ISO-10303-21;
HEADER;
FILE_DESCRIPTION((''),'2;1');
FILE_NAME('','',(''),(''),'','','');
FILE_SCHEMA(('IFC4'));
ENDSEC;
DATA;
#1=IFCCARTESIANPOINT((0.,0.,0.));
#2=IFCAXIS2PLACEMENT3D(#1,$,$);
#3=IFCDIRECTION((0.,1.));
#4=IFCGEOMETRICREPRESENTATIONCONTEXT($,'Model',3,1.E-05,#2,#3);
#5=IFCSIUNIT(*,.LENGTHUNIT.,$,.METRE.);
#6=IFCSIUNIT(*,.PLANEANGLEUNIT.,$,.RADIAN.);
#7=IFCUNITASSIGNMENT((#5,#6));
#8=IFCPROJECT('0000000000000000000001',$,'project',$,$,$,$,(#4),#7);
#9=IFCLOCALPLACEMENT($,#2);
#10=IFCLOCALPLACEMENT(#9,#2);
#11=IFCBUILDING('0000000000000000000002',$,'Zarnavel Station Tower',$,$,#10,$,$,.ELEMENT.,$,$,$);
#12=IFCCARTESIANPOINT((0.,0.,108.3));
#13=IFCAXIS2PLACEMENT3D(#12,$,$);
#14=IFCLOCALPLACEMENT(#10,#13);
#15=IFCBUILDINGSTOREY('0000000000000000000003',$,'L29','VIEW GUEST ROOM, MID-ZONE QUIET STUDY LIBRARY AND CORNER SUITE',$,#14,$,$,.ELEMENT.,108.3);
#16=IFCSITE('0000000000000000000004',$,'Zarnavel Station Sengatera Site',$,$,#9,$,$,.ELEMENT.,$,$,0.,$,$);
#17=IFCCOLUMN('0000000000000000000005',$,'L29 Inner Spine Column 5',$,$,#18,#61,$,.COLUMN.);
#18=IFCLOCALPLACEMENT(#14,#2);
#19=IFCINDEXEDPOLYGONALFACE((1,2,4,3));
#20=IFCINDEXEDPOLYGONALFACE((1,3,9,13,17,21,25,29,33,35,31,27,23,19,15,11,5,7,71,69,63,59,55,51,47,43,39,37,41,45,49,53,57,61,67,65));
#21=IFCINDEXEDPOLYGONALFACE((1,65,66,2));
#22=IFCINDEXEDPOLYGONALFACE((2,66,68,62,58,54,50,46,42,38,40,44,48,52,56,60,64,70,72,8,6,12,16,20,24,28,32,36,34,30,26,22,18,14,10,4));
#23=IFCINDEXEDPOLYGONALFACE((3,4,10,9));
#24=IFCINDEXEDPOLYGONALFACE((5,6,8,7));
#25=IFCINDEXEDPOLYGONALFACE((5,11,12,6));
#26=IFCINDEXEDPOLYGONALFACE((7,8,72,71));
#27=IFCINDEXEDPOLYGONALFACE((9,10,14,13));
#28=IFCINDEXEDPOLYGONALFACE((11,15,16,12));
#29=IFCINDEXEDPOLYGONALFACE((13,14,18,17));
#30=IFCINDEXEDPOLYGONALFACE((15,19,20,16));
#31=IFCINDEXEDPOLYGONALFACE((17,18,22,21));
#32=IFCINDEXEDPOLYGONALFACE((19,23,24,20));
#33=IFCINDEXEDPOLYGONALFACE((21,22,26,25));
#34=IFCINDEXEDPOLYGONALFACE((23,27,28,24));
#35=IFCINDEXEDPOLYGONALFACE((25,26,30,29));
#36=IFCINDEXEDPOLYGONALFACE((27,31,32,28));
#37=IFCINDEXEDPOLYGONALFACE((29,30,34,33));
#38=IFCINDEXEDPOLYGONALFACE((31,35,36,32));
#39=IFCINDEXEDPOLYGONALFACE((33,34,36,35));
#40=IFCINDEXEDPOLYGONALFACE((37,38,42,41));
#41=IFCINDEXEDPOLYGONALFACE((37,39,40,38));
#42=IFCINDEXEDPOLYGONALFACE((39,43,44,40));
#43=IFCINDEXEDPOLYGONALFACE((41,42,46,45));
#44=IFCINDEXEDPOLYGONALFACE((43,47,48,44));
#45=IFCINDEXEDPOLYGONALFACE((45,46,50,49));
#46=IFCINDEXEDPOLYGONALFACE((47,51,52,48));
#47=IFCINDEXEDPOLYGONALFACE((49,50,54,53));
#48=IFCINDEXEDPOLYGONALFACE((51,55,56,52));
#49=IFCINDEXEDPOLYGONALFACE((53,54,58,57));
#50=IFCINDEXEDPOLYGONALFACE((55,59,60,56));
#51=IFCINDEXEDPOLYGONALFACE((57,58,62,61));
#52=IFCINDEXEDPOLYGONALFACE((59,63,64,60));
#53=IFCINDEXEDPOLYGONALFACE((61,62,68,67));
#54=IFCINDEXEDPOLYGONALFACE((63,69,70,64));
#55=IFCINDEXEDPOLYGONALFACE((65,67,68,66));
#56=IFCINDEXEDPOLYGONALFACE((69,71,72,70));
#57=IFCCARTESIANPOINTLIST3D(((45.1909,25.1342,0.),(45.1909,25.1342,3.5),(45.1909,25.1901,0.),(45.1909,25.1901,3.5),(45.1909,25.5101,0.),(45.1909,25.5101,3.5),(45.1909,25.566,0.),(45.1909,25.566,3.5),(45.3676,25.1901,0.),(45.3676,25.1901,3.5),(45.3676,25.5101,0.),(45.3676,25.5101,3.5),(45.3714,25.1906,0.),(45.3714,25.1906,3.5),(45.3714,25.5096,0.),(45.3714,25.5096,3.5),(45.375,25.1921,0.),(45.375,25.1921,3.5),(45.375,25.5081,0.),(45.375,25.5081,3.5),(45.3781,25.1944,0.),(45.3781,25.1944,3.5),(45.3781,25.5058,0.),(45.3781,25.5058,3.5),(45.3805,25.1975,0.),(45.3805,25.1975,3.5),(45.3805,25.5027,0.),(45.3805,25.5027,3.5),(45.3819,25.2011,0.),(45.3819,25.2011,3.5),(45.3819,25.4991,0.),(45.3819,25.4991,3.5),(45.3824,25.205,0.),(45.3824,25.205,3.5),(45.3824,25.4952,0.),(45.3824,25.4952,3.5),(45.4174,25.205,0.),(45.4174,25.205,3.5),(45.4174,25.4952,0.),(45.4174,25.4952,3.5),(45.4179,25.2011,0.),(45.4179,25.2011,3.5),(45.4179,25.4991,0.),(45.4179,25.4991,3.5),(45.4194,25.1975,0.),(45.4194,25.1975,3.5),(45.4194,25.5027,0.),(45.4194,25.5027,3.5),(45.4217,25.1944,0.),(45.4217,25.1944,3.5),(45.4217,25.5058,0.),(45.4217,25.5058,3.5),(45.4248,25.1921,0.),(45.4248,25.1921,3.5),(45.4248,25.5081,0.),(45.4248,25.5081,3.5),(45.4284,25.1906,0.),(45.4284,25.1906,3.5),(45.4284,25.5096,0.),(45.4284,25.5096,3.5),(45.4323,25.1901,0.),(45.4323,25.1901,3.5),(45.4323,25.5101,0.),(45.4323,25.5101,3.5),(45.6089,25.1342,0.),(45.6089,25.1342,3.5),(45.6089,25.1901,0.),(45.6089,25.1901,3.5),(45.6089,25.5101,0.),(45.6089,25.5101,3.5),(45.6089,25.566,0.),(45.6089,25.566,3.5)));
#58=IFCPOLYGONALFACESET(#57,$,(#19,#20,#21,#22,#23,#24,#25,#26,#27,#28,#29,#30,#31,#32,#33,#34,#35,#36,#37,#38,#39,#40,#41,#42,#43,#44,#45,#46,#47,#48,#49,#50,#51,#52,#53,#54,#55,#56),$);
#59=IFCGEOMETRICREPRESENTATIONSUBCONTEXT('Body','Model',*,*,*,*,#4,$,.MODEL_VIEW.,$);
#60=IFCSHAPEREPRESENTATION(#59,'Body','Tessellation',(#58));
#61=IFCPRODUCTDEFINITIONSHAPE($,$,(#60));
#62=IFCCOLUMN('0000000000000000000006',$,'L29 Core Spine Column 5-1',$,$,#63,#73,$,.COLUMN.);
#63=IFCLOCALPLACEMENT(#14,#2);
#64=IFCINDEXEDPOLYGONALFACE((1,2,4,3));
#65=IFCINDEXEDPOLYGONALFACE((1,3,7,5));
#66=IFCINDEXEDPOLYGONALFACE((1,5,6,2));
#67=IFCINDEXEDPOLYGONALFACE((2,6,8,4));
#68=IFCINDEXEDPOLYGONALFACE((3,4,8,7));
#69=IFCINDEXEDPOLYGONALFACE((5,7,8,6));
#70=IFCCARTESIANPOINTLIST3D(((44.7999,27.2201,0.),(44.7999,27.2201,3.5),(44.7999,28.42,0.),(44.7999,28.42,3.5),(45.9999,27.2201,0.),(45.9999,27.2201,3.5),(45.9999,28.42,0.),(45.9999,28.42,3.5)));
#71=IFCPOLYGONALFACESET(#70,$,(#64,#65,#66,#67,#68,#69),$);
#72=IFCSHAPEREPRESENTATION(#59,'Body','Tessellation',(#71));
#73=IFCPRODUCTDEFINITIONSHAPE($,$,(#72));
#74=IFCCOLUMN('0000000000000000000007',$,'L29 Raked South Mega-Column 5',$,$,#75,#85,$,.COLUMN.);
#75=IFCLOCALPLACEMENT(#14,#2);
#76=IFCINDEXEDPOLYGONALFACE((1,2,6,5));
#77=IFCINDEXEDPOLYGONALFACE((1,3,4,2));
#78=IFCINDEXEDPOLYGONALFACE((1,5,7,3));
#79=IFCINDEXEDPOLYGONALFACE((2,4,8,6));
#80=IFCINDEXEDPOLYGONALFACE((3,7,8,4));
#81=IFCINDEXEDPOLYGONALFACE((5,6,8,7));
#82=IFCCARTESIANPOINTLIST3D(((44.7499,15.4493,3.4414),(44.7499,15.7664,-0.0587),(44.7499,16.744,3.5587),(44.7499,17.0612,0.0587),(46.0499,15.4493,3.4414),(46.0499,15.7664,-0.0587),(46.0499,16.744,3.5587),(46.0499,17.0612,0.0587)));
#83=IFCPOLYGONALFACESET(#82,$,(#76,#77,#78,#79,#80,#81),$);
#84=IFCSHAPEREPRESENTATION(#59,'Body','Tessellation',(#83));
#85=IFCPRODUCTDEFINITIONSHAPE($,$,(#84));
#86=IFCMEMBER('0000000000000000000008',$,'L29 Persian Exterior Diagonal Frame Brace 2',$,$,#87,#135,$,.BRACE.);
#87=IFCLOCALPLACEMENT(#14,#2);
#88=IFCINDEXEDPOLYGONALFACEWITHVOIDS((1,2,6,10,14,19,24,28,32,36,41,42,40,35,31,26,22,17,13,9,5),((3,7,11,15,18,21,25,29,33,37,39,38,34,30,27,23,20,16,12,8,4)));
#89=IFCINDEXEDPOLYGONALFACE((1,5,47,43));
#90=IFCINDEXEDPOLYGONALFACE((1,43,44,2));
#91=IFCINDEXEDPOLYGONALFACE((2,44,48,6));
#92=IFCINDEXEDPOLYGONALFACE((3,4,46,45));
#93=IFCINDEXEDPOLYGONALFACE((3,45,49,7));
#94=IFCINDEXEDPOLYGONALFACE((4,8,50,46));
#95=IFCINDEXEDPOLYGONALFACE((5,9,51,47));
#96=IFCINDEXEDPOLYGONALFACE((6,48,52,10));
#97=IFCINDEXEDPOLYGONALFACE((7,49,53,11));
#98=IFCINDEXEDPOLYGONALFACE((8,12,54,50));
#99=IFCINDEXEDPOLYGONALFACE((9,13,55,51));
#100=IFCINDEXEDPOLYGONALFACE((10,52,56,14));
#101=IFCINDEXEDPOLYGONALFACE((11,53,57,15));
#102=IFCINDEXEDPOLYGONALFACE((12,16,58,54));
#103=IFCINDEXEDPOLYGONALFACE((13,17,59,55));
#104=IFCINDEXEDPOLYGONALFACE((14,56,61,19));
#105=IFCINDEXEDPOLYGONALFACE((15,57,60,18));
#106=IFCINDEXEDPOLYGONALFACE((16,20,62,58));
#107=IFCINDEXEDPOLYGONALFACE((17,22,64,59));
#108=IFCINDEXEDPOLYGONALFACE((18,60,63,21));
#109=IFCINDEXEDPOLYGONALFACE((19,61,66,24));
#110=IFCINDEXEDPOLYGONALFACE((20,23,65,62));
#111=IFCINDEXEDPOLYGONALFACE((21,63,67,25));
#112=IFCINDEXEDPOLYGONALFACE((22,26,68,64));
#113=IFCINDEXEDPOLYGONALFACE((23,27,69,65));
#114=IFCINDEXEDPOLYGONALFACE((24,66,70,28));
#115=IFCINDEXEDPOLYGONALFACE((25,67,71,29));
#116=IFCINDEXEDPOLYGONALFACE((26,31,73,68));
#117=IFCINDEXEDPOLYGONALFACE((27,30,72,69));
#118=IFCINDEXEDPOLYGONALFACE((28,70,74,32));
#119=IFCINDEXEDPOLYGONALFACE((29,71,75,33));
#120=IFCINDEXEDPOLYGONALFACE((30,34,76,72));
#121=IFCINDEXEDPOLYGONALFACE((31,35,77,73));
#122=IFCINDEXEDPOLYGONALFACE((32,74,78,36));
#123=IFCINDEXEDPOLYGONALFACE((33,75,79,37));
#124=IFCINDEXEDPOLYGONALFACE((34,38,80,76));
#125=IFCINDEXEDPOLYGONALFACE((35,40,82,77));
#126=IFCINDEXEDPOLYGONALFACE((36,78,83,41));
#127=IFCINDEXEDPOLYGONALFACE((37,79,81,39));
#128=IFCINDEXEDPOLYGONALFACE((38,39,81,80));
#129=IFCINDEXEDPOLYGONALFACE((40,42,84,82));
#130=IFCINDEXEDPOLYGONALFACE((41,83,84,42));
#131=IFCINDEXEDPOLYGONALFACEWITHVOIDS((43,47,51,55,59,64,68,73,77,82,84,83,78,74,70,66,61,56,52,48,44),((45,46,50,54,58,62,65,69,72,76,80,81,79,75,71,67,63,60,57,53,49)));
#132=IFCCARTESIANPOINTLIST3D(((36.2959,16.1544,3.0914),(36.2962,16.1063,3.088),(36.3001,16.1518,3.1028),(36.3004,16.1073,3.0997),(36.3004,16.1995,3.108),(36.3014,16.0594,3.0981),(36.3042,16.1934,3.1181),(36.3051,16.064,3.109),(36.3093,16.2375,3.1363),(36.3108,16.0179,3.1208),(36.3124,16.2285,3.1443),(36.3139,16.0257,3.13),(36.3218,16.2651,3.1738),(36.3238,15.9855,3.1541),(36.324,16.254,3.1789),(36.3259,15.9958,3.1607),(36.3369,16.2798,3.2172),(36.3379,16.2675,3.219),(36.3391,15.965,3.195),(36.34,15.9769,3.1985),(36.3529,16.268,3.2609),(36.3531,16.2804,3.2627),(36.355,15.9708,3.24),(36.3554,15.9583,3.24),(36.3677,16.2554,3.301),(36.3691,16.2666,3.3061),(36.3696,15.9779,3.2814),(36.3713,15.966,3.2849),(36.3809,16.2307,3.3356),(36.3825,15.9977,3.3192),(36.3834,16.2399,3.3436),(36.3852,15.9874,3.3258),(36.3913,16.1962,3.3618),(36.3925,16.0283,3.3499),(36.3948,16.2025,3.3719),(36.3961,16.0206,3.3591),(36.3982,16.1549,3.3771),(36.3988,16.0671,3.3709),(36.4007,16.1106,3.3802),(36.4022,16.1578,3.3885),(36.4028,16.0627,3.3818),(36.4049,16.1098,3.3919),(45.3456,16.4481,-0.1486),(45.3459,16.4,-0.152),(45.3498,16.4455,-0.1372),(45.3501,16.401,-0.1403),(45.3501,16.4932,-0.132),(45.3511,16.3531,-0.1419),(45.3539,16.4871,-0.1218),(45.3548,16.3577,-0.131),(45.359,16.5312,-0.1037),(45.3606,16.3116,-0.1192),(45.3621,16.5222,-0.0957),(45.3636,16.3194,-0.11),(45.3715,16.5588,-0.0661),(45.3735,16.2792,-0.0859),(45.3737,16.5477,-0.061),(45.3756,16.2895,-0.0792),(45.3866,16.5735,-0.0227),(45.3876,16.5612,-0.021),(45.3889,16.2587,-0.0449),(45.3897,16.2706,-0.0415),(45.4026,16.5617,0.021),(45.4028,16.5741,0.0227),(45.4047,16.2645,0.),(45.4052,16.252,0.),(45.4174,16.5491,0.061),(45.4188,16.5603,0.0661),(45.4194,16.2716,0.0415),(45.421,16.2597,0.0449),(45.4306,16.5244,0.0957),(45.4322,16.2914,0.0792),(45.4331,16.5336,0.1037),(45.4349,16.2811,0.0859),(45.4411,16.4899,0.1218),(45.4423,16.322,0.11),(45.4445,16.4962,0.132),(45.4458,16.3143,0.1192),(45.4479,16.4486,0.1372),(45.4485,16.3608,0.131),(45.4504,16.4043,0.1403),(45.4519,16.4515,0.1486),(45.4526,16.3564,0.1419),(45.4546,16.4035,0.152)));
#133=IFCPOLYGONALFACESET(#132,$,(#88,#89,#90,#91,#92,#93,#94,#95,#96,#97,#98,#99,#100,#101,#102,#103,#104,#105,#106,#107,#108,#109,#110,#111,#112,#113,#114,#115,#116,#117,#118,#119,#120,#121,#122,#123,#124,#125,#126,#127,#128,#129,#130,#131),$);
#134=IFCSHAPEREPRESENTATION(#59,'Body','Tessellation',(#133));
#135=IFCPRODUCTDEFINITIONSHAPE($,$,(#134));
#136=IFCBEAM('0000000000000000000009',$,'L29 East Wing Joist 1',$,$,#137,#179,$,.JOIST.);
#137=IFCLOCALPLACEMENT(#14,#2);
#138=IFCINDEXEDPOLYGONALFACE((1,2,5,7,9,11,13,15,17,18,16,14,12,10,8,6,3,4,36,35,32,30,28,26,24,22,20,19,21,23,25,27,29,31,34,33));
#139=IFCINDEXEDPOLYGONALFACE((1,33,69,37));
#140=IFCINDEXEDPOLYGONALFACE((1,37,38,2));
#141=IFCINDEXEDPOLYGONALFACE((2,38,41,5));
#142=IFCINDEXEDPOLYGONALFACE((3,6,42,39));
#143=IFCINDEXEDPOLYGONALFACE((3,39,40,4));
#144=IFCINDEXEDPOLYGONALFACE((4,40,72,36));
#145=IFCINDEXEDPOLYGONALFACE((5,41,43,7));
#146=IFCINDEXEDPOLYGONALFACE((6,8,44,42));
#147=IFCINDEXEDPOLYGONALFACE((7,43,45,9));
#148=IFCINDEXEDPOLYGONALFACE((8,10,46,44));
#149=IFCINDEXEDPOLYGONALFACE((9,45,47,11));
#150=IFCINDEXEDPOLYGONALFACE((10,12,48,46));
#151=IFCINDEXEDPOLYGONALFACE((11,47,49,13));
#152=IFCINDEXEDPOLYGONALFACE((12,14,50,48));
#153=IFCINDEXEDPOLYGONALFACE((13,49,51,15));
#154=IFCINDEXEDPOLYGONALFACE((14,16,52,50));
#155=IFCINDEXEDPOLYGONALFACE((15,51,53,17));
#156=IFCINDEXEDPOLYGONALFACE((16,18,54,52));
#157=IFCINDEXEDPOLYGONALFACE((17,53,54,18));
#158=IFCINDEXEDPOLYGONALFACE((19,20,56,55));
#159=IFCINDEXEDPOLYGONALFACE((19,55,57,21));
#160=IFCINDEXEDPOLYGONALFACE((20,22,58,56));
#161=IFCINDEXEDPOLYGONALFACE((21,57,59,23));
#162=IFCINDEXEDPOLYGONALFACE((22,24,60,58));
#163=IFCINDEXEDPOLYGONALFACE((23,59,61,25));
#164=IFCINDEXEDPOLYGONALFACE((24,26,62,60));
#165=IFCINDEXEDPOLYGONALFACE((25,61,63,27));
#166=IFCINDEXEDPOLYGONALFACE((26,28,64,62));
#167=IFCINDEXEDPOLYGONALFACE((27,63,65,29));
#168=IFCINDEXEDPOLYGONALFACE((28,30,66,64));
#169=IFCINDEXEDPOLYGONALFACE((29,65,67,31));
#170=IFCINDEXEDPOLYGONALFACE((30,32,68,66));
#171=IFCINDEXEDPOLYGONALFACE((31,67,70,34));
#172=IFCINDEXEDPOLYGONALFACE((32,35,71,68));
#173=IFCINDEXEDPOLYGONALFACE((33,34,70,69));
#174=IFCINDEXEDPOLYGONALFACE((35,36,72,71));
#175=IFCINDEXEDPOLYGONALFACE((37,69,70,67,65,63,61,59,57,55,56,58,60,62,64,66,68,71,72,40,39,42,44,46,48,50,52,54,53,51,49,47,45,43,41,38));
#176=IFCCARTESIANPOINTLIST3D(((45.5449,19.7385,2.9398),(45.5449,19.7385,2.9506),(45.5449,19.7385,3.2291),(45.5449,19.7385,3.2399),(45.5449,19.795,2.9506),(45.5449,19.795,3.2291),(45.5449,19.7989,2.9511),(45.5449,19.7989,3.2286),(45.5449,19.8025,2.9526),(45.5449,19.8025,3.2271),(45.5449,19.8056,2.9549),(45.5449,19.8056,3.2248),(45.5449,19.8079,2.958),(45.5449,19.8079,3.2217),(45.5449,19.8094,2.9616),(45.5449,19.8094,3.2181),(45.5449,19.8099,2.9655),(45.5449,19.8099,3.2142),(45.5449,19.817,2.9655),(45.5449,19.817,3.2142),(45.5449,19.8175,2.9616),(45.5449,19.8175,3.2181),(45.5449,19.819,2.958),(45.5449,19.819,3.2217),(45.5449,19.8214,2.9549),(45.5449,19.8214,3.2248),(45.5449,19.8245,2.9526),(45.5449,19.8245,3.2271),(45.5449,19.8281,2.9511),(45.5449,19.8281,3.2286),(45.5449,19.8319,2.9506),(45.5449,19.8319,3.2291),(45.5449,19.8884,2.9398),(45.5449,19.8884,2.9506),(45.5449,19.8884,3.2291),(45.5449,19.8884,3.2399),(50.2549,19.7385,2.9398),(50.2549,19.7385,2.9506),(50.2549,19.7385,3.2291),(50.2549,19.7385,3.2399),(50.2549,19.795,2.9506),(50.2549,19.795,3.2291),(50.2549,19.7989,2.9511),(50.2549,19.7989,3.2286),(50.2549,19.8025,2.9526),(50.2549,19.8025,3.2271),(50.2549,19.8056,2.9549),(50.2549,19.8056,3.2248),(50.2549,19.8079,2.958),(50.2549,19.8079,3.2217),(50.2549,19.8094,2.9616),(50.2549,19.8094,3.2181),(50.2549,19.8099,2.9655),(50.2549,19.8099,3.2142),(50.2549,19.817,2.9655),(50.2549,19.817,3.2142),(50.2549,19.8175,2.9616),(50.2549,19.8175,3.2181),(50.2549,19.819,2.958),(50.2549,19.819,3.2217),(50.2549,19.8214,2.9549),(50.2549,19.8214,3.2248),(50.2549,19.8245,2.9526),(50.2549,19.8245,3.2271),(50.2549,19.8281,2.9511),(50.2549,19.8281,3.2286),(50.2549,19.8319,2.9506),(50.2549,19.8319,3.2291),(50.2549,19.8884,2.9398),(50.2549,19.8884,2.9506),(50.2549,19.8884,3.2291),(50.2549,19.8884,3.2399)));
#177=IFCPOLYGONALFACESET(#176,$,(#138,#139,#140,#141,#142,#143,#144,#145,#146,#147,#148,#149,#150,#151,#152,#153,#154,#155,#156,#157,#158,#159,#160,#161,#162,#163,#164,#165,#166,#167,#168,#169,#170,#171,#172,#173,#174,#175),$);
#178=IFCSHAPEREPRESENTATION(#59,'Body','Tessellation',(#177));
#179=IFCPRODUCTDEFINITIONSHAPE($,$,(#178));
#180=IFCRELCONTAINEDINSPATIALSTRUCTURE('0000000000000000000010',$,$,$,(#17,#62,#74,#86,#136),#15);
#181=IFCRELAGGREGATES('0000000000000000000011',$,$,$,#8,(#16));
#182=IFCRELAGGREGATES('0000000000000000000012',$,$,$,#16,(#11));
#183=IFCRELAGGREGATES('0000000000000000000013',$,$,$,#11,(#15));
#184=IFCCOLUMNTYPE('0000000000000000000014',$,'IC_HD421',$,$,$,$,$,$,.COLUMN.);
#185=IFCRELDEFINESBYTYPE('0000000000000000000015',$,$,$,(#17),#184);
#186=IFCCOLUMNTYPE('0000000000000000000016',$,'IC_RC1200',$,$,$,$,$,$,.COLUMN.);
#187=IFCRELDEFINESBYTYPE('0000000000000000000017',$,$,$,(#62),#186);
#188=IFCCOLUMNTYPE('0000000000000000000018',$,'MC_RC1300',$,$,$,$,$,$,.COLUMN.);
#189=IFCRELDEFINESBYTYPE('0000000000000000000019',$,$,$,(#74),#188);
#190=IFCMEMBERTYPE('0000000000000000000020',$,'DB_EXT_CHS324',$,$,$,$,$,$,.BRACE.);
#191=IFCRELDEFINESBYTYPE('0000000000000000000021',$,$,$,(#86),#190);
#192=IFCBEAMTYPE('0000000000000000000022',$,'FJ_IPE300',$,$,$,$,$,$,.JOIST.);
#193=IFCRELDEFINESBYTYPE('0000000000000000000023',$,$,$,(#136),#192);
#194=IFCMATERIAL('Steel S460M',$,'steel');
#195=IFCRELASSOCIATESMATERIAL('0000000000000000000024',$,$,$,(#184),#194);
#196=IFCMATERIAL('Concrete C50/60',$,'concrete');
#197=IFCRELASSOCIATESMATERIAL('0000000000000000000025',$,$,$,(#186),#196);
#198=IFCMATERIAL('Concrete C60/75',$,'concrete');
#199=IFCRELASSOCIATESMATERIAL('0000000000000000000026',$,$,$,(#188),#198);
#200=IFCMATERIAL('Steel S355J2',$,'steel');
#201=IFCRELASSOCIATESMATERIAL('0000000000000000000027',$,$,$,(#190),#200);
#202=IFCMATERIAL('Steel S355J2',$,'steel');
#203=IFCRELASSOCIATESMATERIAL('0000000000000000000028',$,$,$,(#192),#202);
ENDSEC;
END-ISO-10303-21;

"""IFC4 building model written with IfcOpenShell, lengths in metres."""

from ifc_helpers import new_model, si_unit, direction, frame, origin, origin_2d, place, context, subcontext, project, spatial, rectangle, hollow_circle, i_section, extrude, material, material_profile, profile_set, type_object, element, save


model = new_model("IFC4")

# Units and contexts
model_context = context("Model", 3, precision=1e-05, world=origin(), true_north=direction((0.0, 1.0)))
body_context = subcontext(model_context, "Body", "Model", "MODEL_VIEW")
ifc_project = project(units=[si_unit("LENGTHUNIT", "METRE"), si_unit("PLANEANGLEUNIT", "RADIAN")], contexts=[model_context])

# Site, building, storey
site_placement = place(None, origin())
site = spatial("IfcSite", under=ifc_project, at=site_placement, Name="Zarnavel Station Sengatera Site", CompositionType="ELEMENT", RefElevation=0.0)
building_placement = place(site_placement, origin())
building = spatial("IfcBuilding", under=site, at=building_placement, Name="Zarnavel Station Tower", CompositionType="ELEMENT")
storey_placement = place(building_placement, frame((0.0, 0.0, 108.3)))
storey = spatial("IfcBuildingStorey", under=building, at=storey_placement, Name="L29", Description="VIEW GUEST ROOM, MID-ZONE QUIET STUDY LIBRARY AND CORNER SUITE", CompositionType="ELEMENT", Elevation=108.3)

# Columns
ifc_material_1 = material(Name="Steel S460M", Category="steel")
ifc_material_profile_1 = material_profile(ifc_material_1, i_section(OverallWidth=0.418, OverallDepth=0.4319, WebThickness=0.0349, FlangeThickness=0.0559, FilletRadius=0.0149, at=origin_2d()), Name="HD400x421")
ifc_profile_set_1 = profile_set([ifc_material_profile_1], Name="Steel S460M")
column_type_1 = type_object("IfcColumnType", Name="IC_HD421", PredefinedType="COLUMN", material=ifc_profile_set_1)
column_1_placement = place(storey_placement, frame((45.3999, 25.3501, 0.0), z_axis=(0.0, 0.0, 1.0), x_axis=(1.0, 0.0, 0.0)))
element("IfcColumn", 1, at=column_1_placement, inside=storey, type_object=column_type_1, Name="L29 Inner Spine Column 5", PredefinedType="COLUMN", context=body_context, shape_type="SweptSolid", body=[
    extrude(i_section(OverallWidth=0.418, OverallDepth=0.4319, WebThickness=0.0349, FlangeThickness=0.0559, FilletRadius=0.0149, at=origin_2d()), origin(), (0.0, 0.0, 1.0), 3.5),
])
ifc_material_2 = material(Name="Concrete C50/60", Category="concrete")
ifc_material_profile_2 = material_profile(ifc_material_2, rectangle(XDim=1.2, YDim=1.2, at=origin_2d()), Name="RC1200x1200")
ifc_profile_set_2 = profile_set([ifc_material_profile_2], Name="Concrete C50/60")
column_type_2 = type_object("IfcColumnType", Name="IC_RC1200", PredefinedType="COLUMN", material=ifc_profile_set_2)
column_2_placement = place(storey_placement, frame((45.3999, 27.8201, 0.0), z_axis=(0.0, 0.0, 1.0), x_axis=(1.0, 0.0, 0.0)))
element("IfcColumn", 2, at=column_2_placement, inside=storey, type_object=column_type_2, Name="L29 Core Spine Column 5-1", PredefinedType="COLUMN", context=body_context, shape_type="SweptSolid", body=[
    extrude(rectangle(XDim=1.2, YDim=1.2, at=origin_2d()), origin(), (0.0, 0.0, 1.0), 3.5),
])
ifc_material_3 = material(Name="Concrete C60/75", Category="concrete")
ifc_material_profile_3 = material_profile(ifc_material_3, rectangle(XDim=1.3, YDim=1.3, at=origin_2d()), Name="RC1300x1300")
ifc_profile_set_3 = profile_set([ifc_material_profile_3], Name="Concrete C60/75")
column_type_3 = type_object("IfcColumnType", Name="MC_RC1300", PredefinedType="COLUMN", material=ifc_profile_set_3)
column_3_placement = place(storey_placement, frame((45.3999, 16.4138, 0.0), z_axis=(0.0, -0.090241, 0.99592), x_axis=(1.0, 0.0, 0.0)))
element("IfcColumn", 3, at=column_3_placement, inside=storey, type_object=column_type_3, Name="L29 Raked South Mega-Column 5", PredefinedType="COLUMN", context=body_context, shape_type="SweptSolid", body=[
    extrude(rectangle(XDim=1.3, YDim=1.3, at=origin_2d()), origin(), (0.0, 0.0, 1.0), 3.5144),
])

# Member
ifc_material_4 = material(Name="Steel S355J2", Category="steel")
ifc_material_profile_4 = material_profile(ifc_material_4, hollow_circle(Radius=0.1619, WallThickness=0.0125, at=origin_2d()), Name="CHS323.9x12.5")
ifc_profile_set_4 = profile_set([ifc_material_profile_4], Name="Steel S355J2")
member_type = type_object("IfcMemberType", Name="DB_EXT_CHS324", PredefinedType="BRACE", material=ifc_profile_set_4)
member_placement = place(storey_placement, frame((45.3999, 16.4138, 0.0), z_axis=(-0.941042, -0.03054, 0.33691), x_axis=(0.032437, -0.999474, 0.0)))
element("IfcMember", 4, at=member_placement, inside=storey, type_object=member_type, Name="L29 Persian Exterior Diagonal Frame Brace 2", PredefinedType="BRACE", context=body_context, shape_type="SweptSolid", body=[
    extrude(hollow_circle(Radius=0.1619, WallThickness=0.0125, at=origin_2d()), origin(), (0.0, 0.0, 1.0), 9.6167),
])

# Beam
ifc_material_5 = material(Name="Steel S355J2", Category="steel")
ifc_material_profile_5 = material_profile(ifc_material_5, i_section(OverallWidth=0.1499, OverallDepth=0.3, WebThickness=0.0071, FlangeThickness=0.0107, FilletRadius=0.0149, at=origin_2d()), Name="IPE300")
ifc_profile_set_5 = profile_set([ifc_material_profile_5], Name="Steel S355J2")
beam_type_1 = type_object("IfcBeamType", Name="FJ_IPE300", PredefinedType="JOIST", material=ifc_profile_set_5)
beam_1_placement = place(storey_placement, frame((45.5449, 19.8135, 3.0898), z_axis=(1.0, 0.0, 0.0), x_axis=(0.0, 1.0, 0.0)))
element("IfcBeam", 5, at=beam_1_placement, inside=storey, type_object=beam_type_1, Name="L29 East Wing Joist 1", PredefinedType="JOIST", context=body_context, shape_type="SweptSolid", body=[
    extrude(i_section(OverallWidth=0.1499, OverallDepth=0.3, WebThickness=0.0071, FlangeThickness=0.0107, FilletRadius=0.0149, at=origin_2d()), origin(), (0.0, 0.0, 1.0), 4.71),
])

save(model, "model.ifc")
